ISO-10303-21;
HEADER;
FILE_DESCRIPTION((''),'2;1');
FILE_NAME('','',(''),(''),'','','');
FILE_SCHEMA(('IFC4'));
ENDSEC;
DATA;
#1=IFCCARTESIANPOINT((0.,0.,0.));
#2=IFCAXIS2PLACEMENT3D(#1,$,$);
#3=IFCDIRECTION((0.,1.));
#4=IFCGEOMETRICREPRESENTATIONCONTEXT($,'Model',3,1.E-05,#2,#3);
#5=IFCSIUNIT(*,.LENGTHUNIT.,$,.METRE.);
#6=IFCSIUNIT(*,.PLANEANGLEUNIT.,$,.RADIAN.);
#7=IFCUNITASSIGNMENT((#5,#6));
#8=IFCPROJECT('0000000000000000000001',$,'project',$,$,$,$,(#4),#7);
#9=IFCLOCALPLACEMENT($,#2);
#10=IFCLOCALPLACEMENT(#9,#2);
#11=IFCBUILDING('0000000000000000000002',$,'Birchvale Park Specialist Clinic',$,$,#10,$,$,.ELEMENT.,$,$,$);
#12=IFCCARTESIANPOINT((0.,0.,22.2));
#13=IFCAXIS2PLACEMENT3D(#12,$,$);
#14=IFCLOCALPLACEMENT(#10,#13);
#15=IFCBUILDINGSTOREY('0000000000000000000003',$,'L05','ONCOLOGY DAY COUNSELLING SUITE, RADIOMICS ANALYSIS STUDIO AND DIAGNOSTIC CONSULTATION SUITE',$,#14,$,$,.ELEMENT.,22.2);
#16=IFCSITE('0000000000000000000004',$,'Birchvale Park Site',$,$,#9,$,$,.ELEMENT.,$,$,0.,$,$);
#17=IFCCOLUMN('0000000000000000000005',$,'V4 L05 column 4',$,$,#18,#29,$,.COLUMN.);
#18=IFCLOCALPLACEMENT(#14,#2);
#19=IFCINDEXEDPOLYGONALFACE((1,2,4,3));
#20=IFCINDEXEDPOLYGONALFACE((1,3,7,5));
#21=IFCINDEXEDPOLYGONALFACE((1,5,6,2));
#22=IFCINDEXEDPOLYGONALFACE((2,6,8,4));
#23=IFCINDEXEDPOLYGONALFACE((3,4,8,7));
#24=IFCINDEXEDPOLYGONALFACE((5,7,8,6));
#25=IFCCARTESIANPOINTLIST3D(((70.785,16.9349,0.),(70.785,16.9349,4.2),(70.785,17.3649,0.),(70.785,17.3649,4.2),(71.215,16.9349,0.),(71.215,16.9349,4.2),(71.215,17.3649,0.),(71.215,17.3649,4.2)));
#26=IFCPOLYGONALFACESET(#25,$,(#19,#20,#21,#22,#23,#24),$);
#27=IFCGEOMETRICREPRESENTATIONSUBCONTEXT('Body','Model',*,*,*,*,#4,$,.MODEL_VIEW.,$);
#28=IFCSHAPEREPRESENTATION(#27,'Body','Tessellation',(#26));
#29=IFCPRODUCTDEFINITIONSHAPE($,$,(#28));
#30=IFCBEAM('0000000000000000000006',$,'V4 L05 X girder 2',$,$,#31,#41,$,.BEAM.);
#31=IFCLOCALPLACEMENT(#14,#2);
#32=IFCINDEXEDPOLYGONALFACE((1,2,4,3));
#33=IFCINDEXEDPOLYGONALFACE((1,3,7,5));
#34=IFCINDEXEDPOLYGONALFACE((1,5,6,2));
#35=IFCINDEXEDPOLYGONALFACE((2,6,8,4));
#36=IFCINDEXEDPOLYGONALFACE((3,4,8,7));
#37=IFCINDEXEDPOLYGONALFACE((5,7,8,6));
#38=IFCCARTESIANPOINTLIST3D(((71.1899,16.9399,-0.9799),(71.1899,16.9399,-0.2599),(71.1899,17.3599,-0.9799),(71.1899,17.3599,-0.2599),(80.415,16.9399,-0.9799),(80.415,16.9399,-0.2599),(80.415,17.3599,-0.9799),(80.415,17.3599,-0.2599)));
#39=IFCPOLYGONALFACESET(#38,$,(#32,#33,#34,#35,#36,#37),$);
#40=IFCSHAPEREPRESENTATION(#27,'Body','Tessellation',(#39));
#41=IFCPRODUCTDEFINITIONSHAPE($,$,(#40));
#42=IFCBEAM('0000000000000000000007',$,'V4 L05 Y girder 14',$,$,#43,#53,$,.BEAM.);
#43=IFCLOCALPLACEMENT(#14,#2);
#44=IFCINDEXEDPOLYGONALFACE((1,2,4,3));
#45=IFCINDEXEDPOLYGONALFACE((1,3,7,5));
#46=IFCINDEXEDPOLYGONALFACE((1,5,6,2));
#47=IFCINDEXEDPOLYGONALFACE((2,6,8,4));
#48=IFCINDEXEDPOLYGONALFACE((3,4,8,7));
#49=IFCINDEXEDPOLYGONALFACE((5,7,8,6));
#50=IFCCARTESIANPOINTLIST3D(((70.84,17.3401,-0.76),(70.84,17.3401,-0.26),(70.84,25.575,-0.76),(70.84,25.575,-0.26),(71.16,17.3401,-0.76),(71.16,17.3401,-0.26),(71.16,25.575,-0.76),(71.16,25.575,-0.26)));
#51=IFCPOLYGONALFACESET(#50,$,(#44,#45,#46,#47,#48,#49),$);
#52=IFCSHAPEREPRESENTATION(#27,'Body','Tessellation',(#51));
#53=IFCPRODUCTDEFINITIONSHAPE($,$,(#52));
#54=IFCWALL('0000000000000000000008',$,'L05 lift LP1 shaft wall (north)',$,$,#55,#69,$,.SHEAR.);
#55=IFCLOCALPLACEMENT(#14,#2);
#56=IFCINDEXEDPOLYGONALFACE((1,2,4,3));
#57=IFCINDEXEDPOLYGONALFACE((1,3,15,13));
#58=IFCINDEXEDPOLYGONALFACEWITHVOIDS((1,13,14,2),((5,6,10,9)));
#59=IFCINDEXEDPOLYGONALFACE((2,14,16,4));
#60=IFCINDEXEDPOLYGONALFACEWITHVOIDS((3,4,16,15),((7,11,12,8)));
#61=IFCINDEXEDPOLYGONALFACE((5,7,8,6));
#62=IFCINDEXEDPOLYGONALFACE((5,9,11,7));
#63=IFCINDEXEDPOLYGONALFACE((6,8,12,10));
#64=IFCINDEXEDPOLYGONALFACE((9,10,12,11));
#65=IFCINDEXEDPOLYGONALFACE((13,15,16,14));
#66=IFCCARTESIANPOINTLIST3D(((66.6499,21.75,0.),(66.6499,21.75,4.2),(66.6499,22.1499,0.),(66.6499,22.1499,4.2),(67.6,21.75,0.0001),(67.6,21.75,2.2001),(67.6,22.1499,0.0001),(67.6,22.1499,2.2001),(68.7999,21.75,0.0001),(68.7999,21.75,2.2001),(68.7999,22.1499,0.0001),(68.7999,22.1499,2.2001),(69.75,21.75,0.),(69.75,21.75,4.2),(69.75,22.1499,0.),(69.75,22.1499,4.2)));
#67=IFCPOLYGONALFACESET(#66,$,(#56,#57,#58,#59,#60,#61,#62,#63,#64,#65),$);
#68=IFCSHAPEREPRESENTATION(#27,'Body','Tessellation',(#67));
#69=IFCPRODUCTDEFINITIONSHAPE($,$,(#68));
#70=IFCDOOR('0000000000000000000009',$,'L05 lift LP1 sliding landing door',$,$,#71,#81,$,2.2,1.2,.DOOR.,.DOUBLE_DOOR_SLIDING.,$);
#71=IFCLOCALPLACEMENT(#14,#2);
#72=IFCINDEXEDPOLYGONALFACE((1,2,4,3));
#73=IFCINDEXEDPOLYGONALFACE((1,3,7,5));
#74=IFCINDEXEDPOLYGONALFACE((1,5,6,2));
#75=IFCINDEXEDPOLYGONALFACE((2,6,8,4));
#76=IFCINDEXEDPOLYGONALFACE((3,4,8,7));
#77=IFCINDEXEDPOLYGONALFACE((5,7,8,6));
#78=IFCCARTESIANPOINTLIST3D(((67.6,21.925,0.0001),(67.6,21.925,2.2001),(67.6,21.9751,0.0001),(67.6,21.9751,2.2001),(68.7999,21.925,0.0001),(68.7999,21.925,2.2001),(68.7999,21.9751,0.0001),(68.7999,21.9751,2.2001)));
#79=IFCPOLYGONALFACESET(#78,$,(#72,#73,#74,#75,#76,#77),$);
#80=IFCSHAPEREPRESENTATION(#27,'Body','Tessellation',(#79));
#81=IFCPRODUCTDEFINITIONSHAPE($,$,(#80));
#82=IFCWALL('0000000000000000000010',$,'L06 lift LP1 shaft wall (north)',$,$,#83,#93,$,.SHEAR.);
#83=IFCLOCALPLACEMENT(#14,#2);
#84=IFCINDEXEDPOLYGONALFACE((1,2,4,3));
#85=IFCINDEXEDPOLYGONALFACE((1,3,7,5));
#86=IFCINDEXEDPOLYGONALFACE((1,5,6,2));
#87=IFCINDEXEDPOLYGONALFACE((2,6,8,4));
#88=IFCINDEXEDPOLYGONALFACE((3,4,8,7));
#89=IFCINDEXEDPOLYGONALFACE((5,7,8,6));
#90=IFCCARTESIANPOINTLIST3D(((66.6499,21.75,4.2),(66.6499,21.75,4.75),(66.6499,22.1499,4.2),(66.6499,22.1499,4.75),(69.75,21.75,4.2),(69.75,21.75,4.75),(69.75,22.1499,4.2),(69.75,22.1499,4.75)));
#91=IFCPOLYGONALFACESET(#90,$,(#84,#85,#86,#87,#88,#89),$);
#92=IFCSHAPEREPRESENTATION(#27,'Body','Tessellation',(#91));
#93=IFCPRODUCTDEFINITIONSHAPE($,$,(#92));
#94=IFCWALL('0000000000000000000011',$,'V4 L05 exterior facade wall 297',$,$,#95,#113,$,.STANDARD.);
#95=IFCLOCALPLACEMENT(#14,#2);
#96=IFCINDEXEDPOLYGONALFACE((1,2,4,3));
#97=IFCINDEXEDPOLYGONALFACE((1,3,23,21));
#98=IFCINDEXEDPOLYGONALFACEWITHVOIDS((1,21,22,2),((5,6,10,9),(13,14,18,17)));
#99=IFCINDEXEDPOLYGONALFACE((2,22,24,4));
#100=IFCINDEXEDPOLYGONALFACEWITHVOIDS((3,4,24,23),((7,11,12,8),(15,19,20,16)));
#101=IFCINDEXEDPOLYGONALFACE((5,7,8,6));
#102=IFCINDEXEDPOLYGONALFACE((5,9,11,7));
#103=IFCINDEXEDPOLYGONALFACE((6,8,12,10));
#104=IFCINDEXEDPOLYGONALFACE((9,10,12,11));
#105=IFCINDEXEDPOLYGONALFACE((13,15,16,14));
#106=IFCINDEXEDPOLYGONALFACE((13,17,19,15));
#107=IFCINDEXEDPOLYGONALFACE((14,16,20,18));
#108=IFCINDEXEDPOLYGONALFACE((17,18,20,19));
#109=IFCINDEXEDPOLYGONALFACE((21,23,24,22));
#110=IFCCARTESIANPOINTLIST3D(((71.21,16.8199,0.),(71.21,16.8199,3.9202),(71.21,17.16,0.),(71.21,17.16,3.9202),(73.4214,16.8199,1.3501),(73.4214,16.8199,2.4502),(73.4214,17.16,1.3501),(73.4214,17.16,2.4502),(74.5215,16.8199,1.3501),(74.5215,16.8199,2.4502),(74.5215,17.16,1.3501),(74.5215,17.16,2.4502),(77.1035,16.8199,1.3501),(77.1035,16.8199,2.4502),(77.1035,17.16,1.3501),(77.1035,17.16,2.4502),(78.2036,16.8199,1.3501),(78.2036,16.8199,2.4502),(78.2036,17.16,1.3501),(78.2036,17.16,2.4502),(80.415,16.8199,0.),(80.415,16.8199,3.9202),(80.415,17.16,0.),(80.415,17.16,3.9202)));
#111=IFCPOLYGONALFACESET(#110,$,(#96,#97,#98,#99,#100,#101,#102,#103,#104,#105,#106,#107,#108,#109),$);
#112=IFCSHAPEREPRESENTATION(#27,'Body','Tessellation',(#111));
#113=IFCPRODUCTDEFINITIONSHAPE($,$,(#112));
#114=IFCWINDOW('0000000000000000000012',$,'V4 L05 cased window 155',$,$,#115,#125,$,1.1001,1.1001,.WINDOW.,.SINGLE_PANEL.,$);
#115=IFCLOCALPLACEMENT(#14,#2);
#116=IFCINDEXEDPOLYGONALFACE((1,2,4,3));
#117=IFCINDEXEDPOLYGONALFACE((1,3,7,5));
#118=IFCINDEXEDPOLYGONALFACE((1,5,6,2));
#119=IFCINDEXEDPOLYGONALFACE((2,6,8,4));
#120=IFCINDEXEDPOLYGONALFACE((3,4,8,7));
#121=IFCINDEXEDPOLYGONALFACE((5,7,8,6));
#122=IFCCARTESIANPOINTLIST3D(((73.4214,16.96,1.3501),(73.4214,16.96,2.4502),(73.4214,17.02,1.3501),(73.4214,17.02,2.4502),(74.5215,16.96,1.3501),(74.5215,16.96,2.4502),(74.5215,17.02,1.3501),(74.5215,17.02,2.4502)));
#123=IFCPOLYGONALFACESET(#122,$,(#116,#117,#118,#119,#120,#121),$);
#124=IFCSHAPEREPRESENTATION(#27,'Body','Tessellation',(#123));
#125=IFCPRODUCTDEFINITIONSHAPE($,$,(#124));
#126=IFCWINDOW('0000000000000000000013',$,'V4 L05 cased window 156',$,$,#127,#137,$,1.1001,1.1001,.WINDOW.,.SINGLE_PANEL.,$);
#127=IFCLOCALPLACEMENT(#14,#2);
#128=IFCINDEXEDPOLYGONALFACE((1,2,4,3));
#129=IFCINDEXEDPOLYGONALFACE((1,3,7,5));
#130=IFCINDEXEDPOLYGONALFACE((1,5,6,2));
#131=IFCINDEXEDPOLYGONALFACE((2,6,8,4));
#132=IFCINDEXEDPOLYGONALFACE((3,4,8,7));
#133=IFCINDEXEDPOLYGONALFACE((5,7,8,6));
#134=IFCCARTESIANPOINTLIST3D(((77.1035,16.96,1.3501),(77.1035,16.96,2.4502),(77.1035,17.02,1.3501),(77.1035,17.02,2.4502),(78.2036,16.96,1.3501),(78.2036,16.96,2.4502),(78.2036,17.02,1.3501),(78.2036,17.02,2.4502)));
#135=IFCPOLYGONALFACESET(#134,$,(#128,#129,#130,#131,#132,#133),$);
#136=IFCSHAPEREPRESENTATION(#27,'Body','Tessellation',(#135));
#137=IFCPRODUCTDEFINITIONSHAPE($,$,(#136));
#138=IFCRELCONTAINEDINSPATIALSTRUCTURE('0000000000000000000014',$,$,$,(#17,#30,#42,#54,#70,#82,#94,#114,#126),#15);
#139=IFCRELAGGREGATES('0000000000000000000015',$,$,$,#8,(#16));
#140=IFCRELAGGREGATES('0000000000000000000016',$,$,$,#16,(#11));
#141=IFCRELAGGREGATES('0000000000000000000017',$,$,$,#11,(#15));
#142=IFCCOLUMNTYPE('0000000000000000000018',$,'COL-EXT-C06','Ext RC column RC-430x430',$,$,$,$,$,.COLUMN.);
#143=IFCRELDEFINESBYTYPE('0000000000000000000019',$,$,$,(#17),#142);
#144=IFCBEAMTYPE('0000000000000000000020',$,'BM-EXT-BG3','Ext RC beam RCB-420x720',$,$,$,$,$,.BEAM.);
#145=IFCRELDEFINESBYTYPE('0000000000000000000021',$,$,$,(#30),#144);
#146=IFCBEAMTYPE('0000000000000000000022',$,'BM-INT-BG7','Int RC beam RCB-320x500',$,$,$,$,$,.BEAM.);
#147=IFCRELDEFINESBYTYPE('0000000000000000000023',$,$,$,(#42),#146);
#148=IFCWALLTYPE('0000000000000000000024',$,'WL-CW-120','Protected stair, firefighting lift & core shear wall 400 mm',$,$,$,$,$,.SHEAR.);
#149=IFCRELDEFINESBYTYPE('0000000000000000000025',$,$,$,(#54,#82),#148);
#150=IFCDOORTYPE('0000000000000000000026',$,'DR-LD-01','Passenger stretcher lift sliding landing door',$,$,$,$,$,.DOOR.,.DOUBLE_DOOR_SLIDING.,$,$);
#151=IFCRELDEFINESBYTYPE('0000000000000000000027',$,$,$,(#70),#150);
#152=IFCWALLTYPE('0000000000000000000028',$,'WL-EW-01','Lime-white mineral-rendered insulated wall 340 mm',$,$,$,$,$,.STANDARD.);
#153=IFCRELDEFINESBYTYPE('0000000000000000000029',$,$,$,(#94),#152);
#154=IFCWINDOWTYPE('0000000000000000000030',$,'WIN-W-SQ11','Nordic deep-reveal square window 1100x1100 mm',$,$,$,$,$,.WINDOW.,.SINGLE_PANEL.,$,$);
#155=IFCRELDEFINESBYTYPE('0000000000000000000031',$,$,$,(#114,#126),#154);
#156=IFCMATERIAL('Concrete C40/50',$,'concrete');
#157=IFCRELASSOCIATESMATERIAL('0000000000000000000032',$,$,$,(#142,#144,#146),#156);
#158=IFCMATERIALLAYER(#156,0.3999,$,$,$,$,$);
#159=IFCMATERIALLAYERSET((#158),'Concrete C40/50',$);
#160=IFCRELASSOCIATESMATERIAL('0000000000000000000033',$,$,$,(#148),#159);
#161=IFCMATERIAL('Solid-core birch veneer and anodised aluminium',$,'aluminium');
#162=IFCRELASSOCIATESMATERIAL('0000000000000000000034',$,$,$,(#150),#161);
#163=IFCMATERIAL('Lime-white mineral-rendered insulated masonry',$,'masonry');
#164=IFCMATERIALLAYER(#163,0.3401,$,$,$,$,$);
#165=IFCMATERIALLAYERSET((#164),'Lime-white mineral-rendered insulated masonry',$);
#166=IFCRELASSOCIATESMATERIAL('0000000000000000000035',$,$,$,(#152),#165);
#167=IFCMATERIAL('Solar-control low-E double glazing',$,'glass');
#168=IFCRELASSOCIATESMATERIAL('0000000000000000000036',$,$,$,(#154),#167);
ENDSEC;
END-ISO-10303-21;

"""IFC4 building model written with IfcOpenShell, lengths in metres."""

from ifc_helpers import new_model, si_unit, direction, frame, frame_2d, origin, origin_2d, place, context, subcontext, project, spatial, rectangle, extrude, material, layer, layer_set, material_profile, profile_set, type_object, element, fill, save


model = new_model("IFC4")

# Units and contexts
model_context = context("Model", 3, precision=1e-05, world=origin(), true_north=direction((0.0, 1.0)))
body_context = subcontext(model_context, "Body", "Model", "MODEL_VIEW")
ifc_project = project(units=[si_unit("LENGTHUNIT", "METRE"), si_unit("PLANEANGLEUNIT", "RADIAN")], contexts=[model_context])

# Site, building, storey
site_placement = place(None, origin())
site = spatial("IfcSite", under=ifc_project, at=site_placement, Name="Birchvale Park Site", CompositionType="ELEMENT", RefElevation=0.0)
building_placement = place(site_placement, origin())
building = spatial("IfcBuilding", under=site, at=building_placement, Name="Birchvale Park Specialist Clinic", CompositionType="ELEMENT")
storey_placement = place(building_placement, frame((0.0, 0.0, 22.2)))
storey = spatial("IfcBuildingStorey", under=building, at=storey_placement, Name="L05", Description="ONCOLOGY DAY COUNSELLING SUITE, RADIOMICS ANALYSIS STUDIO AND DIAGNOSTIC CONSULTATION SUITE", CompositionType="ELEMENT", Elevation=22.2)

# Column
ifc_material_1 = material(Name="Concrete C40/50", Category="concrete")
ifc_material_profile_1 = material_profile(ifc_material_1, rectangle(XDim=0.4299, YDim=0.4299, at=origin_2d()), Name="RC-430x430")
ifc_profile_set_1 = profile_set([ifc_material_profile_1], Name="Concrete C40/50")
column_type = type_object("IfcColumnType", Name="COL-EXT-C06", Description="Ext RC column RC-430x430", PredefinedType="COLUMN", material=ifc_profile_set_1)
column_placement = place(storey_placement, frame((71.0, 17.1499, 0.0), z_axis=(0.0, 0.0, 1.0), x_axis=(1.0, 0.0, 0.0)))
element("IfcColumn", 1, at=column_placement, inside=storey, type_object=column_type, Name="V4 L05 column 4", PredefinedType="COLUMN", context=body_context, shape_type="SweptSolid", body=[
    extrude(rectangle(XDim=0.4299, YDim=0.4299, at=origin_2d()), origin(), (0.0, 0.0, 1.0), 4.2),
])

# Beams
ifc_material_profile_2 = material_profile(ifc_material_1, rectangle(XDim=0.4199, YDim=0.72, at=origin_2d()), Name="RCB-420x720")
ifc_profile_set_2 = profile_set([ifc_material_profile_2], Name="Concrete C40/50")
beam_type_1 = type_object("IfcBeamType", Name="BM-EXT-BG3", Description="Ext RC beam RCB-420x720", PredefinedType="BEAM", material=ifc_profile_set_2)
beam_1_placement = place(storey_placement, frame((71.1899, 17.1499, -0.6199), z_axis=(1.0, 0.0, 0.0), x_axis=(0.0, 1.0, 0.0)))
element("IfcBeam", 2, at=beam_1_placement, inside=storey, type_object=beam_type_1, Name="V4 L05 X girder 2", PredefinedType="BEAM", context=body_context, shape_type="SweptSolid", body=[
    extrude(rectangle(XDim=0.4199, YDim=0.72, at=origin_2d()), origin(), (0.0, 0.0, 1.0), 9.2251),
])
ifc_material_profile_3 = material_profile(ifc_material_1, rectangle(XDim=0.3201, YDim=0.5, at=origin_2d()), Name="RCB-320x500")
ifc_profile_set_3 = profile_set([ifc_material_profile_3], Name="Concrete C40/50")
beam_type_2 = type_object("IfcBeamType", Name="BM-INT-BG7", Description="Int RC beam RCB-320x500", PredefinedType="BEAM", material=ifc_profile_set_3)
beam_2_placement = place(storey_placement, frame((71.0, 17.3401, -0.51), z_axis=(0.0, 1.0, 0.0), x_axis=(-1.0, 0.0, 0.0)))
element("IfcBeam", 3, at=beam_2_placement, inside=storey, type_object=beam_type_2, Name="V4 L05 Y girder 14", PredefinedType="BEAM", context=body_context, shape_type="SweptSolid", body=[
    extrude(rectangle(XDim=0.3201, YDim=0.5, at=origin_2d()), origin(), (0.0, 0.0, 1.0), 8.2349),
])

# Wall, opening, door
ifc_layer_1 = layer(ifc_material_1, 0.3999)
ifc_layer_set_1 = layer_set([ifc_layer_1], Name="Concrete C40/50")
wall_type_1 = type_object("IfcWallType", Name="WL-CW-120", Description="Protected stair, firefighting lift & core shear wall 400 mm", PredefinedType="SHEAR", material=ifc_layer_set_1)
wall_1_placement = place(storey_placement, frame((69.75, 21.95, 0.0), z_axis=(0.0, 0.0, 1.0), x_axis=(-1.0, 0.0, 0.0)))
wall_1 = element("IfcWall", 4, at=wall_1_placement, inside=storey, type_object=wall_type_1, Name="L05 lift LP1 shaft wall (north)", PredefinedType="SHEAR", context=body_context, shape_type="SweptSolid", body=[
    extrude(rectangle(XDim=3.1001, YDim=0.3999, at=frame_2d((1.55, 0.0))), origin(), (0.0, 0.0, 1.0), 4.2),
])
opening_1_placement = place(wall_1_placement, frame((0.95, 0.0, 0.0)))
opening_1 = element("IfcOpeningElement", 5, at=opening_1_placement, cuts=wall_1, PredefinedType="OPENING", context=body_context, shape_type="SweptSolid", body=[
    extrude(rectangle(XDim=1.2, YDim=2.2, at=frame_2d((0.6001, 1.1001))), frame((0.0, 0.21, 0.0), z_axis=(0.0, -1.0, 0.0), x_axis=(1.0, 0.0, 0.0)), (0.0, 0.0, 1.0), 0.4199),
])
ifc_material_2 = material(Name="Solid-core birch veneer and anodised aluminium", Category="aluminium")
door_type_1 = type_object("IfcDoorType", Name="DR-LD-01", Description="Passenger stretcher lift sliding landing door", OperationType="DOUBLE_DOOR_SLIDING", PredefinedType="DOOR", material=ifc_material_2)
door_1_placement = place(opening_1_placement, origin())
door_1 = element("IfcDoor", 6, at=door_1_placement, inside=storey, type_object=door_type_1, Name="L05 lift LP1 sliding landing door", OperationType="DOUBLE_DOOR_SLIDING", OverallHeight=2.2, OverallWidth=1.2, PredefinedType="DOOR", context=body_context, shape_type="SweptSolid", body=[
    extrude(rectangle(XDim=1.2, YDim=2.2, at=frame_2d((0.6001, 1.1001))), frame((0.0, 0.0249, 0.0), z_axis=(0.0, -1.0, 0.0), x_axis=(1.0, 0.0, 0.0)), (0.0, 0.0, 1.0), 0.05),
])
fill(opening_1, door_1)

# Wall
wall_2_placement = place(storey_placement, frame((69.75, 21.95, 4.2), z_axis=(0.0, 0.0, 1.0), x_axis=(-1.0, 0.0, 0.0)))
element("IfcWall", 7, at=wall_2_placement, inside=storey, type_object=wall_type_1, Name="L06 lift LP1 shaft wall (north)", PredefinedType="SHEAR", context=body_context, shape_type="SweptSolid", body=[
    extrude(rectangle(XDim=3.1001, YDim=0.3999, at=frame_2d((1.55, 0.0))), origin(), (0.0, 0.0, 1.0), 0.55),
])

# Wall, openings, windows
ifc_material_3 = material(Name="Lime-white mineral-rendered insulated masonry", Category="masonry")
ifc_layer_2 = layer(ifc_material_3, 0.3401)
ifc_layer_set_2 = layer_set([ifc_layer_2], Name="Lime-white mineral-rendered insulated masonry")
wall_type_2 = type_object("IfcWallType", Name="WL-EW-01", Description="Lime-white mineral-rendered insulated wall 340 mm", PredefinedType="STANDARD", material=ifc_layer_set_2)
wall_3_placement = place(storey_placement, frame((71.21, 16.99, 0.0), z_axis=(0.0, 0.0, 1.0), x_axis=(1.0, 0.0, 0.0)))
wall_3 = element("IfcWall", 8, at=wall_3_placement, inside=storey, type_object=wall_type_2, Name="V4 L05 exterior facade wall 297", PredefinedType="STANDARD", context=body_context, shape_type="SweptSolid", body=[
    extrude(rectangle(XDim=9.2051, YDim=0.3401, at=frame_2d((4.6025, 0.0))), origin(), (0.0, 0.0, 1.0), 3.9202),
])
opening_2_placement = place(wall_3_placement, frame((2.2114, 0.0, 1.3501)))
opening_2 = element("IfcOpeningElement", 9, at=opening_2_placement, cuts=wall_3, PredefinedType="OPENING", context=body_context, shape_type="SweptSolid", body=[
    extrude(rectangle(XDim=1.1001, YDim=1.1001, at=frame_2d((0.55, 0.55))), frame((0.0, 0.1802, 0.0), z_axis=(0.0, -1.0, 0.0), x_axis=(1.0, 0.0, 0.0)), (0.0, 0.0, 1.0), 0.3601),
])
opening_3_placement = place(wall_3_placement, frame((5.8936, 0.0, 1.3501)))
opening_3 = element("IfcOpeningElement", 10, at=opening_3_placement, cuts=wall_3, PredefinedType="OPENING", context=body_context, shape_type="SweptSolid", body=[
    extrude(rectangle(XDim=1.1001, YDim=1.1001, at=frame_2d((0.55, 0.55))), frame((0.0, 0.1802, 0.0), z_axis=(0.0, -1.0, 0.0), x_axis=(1.0, 0.0, 0.0)), (0.0, 0.0, 1.0), 0.3601),
])
ifc_material_4 = material(Name="Solar-control low-E double glazing", Category="glass")
window_type_1 = type_object("IfcWindowType", Name="WIN-W-SQ11", Description="Nordic deep-reveal square window 1100x1100 mm", PartitioningType="SINGLE_PANEL", PredefinedType="WINDOW", material=ifc_material_4)
window_1_placement = place(opening_2_placement, origin())
window_1 = element("IfcWindow", 11, at=window_1_placement, inside=storey, type_object=window_type_1, Name="V4 L05 cased window 155", OverallHeight=1.1001, OverallWidth=1.1001, PartitioningType="SINGLE_PANEL", PredefinedType="WINDOW", context=body_context, shape_type="SweptSolid", body=[
    extrude(rectangle(XDim=1.1001, YDim=1.1001, at=frame_2d((0.55, 0.55))), frame((0.0, 0.03, 0.0), z_axis=(0.0, -1.0, 0.0), x_axis=(1.0, 0.0, 0.0)), (0.0, 0.0, 1.0), 0.0601),
])
fill(opening_2, window_1)
window_2_placement = place(opening_3_placement, origin())
window_2 = element("IfcWindow", 12, at=window_2_placement, inside=storey, type_object=window_type_1, Name="V4 L05 cased window 156", OverallHeight=1.1001, OverallWidth=1.1001, PartitioningType="SINGLE_PANEL", PredefinedType="WINDOW", context=body_context, shape_type="SweptSolid", body=[
    extrude(rectangle(XDim=1.1001, YDim=1.1001, at=frame_2d((0.55, 0.55))), frame((0.0, 0.03, 0.0), z_axis=(0.0, -1.0, 0.0), x_axis=(1.0, 0.0, 0.0)), (0.0, 0.0, 1.0), 0.0601),
])
fill(opening_3, window_2)

save(model, "model.ifc")
